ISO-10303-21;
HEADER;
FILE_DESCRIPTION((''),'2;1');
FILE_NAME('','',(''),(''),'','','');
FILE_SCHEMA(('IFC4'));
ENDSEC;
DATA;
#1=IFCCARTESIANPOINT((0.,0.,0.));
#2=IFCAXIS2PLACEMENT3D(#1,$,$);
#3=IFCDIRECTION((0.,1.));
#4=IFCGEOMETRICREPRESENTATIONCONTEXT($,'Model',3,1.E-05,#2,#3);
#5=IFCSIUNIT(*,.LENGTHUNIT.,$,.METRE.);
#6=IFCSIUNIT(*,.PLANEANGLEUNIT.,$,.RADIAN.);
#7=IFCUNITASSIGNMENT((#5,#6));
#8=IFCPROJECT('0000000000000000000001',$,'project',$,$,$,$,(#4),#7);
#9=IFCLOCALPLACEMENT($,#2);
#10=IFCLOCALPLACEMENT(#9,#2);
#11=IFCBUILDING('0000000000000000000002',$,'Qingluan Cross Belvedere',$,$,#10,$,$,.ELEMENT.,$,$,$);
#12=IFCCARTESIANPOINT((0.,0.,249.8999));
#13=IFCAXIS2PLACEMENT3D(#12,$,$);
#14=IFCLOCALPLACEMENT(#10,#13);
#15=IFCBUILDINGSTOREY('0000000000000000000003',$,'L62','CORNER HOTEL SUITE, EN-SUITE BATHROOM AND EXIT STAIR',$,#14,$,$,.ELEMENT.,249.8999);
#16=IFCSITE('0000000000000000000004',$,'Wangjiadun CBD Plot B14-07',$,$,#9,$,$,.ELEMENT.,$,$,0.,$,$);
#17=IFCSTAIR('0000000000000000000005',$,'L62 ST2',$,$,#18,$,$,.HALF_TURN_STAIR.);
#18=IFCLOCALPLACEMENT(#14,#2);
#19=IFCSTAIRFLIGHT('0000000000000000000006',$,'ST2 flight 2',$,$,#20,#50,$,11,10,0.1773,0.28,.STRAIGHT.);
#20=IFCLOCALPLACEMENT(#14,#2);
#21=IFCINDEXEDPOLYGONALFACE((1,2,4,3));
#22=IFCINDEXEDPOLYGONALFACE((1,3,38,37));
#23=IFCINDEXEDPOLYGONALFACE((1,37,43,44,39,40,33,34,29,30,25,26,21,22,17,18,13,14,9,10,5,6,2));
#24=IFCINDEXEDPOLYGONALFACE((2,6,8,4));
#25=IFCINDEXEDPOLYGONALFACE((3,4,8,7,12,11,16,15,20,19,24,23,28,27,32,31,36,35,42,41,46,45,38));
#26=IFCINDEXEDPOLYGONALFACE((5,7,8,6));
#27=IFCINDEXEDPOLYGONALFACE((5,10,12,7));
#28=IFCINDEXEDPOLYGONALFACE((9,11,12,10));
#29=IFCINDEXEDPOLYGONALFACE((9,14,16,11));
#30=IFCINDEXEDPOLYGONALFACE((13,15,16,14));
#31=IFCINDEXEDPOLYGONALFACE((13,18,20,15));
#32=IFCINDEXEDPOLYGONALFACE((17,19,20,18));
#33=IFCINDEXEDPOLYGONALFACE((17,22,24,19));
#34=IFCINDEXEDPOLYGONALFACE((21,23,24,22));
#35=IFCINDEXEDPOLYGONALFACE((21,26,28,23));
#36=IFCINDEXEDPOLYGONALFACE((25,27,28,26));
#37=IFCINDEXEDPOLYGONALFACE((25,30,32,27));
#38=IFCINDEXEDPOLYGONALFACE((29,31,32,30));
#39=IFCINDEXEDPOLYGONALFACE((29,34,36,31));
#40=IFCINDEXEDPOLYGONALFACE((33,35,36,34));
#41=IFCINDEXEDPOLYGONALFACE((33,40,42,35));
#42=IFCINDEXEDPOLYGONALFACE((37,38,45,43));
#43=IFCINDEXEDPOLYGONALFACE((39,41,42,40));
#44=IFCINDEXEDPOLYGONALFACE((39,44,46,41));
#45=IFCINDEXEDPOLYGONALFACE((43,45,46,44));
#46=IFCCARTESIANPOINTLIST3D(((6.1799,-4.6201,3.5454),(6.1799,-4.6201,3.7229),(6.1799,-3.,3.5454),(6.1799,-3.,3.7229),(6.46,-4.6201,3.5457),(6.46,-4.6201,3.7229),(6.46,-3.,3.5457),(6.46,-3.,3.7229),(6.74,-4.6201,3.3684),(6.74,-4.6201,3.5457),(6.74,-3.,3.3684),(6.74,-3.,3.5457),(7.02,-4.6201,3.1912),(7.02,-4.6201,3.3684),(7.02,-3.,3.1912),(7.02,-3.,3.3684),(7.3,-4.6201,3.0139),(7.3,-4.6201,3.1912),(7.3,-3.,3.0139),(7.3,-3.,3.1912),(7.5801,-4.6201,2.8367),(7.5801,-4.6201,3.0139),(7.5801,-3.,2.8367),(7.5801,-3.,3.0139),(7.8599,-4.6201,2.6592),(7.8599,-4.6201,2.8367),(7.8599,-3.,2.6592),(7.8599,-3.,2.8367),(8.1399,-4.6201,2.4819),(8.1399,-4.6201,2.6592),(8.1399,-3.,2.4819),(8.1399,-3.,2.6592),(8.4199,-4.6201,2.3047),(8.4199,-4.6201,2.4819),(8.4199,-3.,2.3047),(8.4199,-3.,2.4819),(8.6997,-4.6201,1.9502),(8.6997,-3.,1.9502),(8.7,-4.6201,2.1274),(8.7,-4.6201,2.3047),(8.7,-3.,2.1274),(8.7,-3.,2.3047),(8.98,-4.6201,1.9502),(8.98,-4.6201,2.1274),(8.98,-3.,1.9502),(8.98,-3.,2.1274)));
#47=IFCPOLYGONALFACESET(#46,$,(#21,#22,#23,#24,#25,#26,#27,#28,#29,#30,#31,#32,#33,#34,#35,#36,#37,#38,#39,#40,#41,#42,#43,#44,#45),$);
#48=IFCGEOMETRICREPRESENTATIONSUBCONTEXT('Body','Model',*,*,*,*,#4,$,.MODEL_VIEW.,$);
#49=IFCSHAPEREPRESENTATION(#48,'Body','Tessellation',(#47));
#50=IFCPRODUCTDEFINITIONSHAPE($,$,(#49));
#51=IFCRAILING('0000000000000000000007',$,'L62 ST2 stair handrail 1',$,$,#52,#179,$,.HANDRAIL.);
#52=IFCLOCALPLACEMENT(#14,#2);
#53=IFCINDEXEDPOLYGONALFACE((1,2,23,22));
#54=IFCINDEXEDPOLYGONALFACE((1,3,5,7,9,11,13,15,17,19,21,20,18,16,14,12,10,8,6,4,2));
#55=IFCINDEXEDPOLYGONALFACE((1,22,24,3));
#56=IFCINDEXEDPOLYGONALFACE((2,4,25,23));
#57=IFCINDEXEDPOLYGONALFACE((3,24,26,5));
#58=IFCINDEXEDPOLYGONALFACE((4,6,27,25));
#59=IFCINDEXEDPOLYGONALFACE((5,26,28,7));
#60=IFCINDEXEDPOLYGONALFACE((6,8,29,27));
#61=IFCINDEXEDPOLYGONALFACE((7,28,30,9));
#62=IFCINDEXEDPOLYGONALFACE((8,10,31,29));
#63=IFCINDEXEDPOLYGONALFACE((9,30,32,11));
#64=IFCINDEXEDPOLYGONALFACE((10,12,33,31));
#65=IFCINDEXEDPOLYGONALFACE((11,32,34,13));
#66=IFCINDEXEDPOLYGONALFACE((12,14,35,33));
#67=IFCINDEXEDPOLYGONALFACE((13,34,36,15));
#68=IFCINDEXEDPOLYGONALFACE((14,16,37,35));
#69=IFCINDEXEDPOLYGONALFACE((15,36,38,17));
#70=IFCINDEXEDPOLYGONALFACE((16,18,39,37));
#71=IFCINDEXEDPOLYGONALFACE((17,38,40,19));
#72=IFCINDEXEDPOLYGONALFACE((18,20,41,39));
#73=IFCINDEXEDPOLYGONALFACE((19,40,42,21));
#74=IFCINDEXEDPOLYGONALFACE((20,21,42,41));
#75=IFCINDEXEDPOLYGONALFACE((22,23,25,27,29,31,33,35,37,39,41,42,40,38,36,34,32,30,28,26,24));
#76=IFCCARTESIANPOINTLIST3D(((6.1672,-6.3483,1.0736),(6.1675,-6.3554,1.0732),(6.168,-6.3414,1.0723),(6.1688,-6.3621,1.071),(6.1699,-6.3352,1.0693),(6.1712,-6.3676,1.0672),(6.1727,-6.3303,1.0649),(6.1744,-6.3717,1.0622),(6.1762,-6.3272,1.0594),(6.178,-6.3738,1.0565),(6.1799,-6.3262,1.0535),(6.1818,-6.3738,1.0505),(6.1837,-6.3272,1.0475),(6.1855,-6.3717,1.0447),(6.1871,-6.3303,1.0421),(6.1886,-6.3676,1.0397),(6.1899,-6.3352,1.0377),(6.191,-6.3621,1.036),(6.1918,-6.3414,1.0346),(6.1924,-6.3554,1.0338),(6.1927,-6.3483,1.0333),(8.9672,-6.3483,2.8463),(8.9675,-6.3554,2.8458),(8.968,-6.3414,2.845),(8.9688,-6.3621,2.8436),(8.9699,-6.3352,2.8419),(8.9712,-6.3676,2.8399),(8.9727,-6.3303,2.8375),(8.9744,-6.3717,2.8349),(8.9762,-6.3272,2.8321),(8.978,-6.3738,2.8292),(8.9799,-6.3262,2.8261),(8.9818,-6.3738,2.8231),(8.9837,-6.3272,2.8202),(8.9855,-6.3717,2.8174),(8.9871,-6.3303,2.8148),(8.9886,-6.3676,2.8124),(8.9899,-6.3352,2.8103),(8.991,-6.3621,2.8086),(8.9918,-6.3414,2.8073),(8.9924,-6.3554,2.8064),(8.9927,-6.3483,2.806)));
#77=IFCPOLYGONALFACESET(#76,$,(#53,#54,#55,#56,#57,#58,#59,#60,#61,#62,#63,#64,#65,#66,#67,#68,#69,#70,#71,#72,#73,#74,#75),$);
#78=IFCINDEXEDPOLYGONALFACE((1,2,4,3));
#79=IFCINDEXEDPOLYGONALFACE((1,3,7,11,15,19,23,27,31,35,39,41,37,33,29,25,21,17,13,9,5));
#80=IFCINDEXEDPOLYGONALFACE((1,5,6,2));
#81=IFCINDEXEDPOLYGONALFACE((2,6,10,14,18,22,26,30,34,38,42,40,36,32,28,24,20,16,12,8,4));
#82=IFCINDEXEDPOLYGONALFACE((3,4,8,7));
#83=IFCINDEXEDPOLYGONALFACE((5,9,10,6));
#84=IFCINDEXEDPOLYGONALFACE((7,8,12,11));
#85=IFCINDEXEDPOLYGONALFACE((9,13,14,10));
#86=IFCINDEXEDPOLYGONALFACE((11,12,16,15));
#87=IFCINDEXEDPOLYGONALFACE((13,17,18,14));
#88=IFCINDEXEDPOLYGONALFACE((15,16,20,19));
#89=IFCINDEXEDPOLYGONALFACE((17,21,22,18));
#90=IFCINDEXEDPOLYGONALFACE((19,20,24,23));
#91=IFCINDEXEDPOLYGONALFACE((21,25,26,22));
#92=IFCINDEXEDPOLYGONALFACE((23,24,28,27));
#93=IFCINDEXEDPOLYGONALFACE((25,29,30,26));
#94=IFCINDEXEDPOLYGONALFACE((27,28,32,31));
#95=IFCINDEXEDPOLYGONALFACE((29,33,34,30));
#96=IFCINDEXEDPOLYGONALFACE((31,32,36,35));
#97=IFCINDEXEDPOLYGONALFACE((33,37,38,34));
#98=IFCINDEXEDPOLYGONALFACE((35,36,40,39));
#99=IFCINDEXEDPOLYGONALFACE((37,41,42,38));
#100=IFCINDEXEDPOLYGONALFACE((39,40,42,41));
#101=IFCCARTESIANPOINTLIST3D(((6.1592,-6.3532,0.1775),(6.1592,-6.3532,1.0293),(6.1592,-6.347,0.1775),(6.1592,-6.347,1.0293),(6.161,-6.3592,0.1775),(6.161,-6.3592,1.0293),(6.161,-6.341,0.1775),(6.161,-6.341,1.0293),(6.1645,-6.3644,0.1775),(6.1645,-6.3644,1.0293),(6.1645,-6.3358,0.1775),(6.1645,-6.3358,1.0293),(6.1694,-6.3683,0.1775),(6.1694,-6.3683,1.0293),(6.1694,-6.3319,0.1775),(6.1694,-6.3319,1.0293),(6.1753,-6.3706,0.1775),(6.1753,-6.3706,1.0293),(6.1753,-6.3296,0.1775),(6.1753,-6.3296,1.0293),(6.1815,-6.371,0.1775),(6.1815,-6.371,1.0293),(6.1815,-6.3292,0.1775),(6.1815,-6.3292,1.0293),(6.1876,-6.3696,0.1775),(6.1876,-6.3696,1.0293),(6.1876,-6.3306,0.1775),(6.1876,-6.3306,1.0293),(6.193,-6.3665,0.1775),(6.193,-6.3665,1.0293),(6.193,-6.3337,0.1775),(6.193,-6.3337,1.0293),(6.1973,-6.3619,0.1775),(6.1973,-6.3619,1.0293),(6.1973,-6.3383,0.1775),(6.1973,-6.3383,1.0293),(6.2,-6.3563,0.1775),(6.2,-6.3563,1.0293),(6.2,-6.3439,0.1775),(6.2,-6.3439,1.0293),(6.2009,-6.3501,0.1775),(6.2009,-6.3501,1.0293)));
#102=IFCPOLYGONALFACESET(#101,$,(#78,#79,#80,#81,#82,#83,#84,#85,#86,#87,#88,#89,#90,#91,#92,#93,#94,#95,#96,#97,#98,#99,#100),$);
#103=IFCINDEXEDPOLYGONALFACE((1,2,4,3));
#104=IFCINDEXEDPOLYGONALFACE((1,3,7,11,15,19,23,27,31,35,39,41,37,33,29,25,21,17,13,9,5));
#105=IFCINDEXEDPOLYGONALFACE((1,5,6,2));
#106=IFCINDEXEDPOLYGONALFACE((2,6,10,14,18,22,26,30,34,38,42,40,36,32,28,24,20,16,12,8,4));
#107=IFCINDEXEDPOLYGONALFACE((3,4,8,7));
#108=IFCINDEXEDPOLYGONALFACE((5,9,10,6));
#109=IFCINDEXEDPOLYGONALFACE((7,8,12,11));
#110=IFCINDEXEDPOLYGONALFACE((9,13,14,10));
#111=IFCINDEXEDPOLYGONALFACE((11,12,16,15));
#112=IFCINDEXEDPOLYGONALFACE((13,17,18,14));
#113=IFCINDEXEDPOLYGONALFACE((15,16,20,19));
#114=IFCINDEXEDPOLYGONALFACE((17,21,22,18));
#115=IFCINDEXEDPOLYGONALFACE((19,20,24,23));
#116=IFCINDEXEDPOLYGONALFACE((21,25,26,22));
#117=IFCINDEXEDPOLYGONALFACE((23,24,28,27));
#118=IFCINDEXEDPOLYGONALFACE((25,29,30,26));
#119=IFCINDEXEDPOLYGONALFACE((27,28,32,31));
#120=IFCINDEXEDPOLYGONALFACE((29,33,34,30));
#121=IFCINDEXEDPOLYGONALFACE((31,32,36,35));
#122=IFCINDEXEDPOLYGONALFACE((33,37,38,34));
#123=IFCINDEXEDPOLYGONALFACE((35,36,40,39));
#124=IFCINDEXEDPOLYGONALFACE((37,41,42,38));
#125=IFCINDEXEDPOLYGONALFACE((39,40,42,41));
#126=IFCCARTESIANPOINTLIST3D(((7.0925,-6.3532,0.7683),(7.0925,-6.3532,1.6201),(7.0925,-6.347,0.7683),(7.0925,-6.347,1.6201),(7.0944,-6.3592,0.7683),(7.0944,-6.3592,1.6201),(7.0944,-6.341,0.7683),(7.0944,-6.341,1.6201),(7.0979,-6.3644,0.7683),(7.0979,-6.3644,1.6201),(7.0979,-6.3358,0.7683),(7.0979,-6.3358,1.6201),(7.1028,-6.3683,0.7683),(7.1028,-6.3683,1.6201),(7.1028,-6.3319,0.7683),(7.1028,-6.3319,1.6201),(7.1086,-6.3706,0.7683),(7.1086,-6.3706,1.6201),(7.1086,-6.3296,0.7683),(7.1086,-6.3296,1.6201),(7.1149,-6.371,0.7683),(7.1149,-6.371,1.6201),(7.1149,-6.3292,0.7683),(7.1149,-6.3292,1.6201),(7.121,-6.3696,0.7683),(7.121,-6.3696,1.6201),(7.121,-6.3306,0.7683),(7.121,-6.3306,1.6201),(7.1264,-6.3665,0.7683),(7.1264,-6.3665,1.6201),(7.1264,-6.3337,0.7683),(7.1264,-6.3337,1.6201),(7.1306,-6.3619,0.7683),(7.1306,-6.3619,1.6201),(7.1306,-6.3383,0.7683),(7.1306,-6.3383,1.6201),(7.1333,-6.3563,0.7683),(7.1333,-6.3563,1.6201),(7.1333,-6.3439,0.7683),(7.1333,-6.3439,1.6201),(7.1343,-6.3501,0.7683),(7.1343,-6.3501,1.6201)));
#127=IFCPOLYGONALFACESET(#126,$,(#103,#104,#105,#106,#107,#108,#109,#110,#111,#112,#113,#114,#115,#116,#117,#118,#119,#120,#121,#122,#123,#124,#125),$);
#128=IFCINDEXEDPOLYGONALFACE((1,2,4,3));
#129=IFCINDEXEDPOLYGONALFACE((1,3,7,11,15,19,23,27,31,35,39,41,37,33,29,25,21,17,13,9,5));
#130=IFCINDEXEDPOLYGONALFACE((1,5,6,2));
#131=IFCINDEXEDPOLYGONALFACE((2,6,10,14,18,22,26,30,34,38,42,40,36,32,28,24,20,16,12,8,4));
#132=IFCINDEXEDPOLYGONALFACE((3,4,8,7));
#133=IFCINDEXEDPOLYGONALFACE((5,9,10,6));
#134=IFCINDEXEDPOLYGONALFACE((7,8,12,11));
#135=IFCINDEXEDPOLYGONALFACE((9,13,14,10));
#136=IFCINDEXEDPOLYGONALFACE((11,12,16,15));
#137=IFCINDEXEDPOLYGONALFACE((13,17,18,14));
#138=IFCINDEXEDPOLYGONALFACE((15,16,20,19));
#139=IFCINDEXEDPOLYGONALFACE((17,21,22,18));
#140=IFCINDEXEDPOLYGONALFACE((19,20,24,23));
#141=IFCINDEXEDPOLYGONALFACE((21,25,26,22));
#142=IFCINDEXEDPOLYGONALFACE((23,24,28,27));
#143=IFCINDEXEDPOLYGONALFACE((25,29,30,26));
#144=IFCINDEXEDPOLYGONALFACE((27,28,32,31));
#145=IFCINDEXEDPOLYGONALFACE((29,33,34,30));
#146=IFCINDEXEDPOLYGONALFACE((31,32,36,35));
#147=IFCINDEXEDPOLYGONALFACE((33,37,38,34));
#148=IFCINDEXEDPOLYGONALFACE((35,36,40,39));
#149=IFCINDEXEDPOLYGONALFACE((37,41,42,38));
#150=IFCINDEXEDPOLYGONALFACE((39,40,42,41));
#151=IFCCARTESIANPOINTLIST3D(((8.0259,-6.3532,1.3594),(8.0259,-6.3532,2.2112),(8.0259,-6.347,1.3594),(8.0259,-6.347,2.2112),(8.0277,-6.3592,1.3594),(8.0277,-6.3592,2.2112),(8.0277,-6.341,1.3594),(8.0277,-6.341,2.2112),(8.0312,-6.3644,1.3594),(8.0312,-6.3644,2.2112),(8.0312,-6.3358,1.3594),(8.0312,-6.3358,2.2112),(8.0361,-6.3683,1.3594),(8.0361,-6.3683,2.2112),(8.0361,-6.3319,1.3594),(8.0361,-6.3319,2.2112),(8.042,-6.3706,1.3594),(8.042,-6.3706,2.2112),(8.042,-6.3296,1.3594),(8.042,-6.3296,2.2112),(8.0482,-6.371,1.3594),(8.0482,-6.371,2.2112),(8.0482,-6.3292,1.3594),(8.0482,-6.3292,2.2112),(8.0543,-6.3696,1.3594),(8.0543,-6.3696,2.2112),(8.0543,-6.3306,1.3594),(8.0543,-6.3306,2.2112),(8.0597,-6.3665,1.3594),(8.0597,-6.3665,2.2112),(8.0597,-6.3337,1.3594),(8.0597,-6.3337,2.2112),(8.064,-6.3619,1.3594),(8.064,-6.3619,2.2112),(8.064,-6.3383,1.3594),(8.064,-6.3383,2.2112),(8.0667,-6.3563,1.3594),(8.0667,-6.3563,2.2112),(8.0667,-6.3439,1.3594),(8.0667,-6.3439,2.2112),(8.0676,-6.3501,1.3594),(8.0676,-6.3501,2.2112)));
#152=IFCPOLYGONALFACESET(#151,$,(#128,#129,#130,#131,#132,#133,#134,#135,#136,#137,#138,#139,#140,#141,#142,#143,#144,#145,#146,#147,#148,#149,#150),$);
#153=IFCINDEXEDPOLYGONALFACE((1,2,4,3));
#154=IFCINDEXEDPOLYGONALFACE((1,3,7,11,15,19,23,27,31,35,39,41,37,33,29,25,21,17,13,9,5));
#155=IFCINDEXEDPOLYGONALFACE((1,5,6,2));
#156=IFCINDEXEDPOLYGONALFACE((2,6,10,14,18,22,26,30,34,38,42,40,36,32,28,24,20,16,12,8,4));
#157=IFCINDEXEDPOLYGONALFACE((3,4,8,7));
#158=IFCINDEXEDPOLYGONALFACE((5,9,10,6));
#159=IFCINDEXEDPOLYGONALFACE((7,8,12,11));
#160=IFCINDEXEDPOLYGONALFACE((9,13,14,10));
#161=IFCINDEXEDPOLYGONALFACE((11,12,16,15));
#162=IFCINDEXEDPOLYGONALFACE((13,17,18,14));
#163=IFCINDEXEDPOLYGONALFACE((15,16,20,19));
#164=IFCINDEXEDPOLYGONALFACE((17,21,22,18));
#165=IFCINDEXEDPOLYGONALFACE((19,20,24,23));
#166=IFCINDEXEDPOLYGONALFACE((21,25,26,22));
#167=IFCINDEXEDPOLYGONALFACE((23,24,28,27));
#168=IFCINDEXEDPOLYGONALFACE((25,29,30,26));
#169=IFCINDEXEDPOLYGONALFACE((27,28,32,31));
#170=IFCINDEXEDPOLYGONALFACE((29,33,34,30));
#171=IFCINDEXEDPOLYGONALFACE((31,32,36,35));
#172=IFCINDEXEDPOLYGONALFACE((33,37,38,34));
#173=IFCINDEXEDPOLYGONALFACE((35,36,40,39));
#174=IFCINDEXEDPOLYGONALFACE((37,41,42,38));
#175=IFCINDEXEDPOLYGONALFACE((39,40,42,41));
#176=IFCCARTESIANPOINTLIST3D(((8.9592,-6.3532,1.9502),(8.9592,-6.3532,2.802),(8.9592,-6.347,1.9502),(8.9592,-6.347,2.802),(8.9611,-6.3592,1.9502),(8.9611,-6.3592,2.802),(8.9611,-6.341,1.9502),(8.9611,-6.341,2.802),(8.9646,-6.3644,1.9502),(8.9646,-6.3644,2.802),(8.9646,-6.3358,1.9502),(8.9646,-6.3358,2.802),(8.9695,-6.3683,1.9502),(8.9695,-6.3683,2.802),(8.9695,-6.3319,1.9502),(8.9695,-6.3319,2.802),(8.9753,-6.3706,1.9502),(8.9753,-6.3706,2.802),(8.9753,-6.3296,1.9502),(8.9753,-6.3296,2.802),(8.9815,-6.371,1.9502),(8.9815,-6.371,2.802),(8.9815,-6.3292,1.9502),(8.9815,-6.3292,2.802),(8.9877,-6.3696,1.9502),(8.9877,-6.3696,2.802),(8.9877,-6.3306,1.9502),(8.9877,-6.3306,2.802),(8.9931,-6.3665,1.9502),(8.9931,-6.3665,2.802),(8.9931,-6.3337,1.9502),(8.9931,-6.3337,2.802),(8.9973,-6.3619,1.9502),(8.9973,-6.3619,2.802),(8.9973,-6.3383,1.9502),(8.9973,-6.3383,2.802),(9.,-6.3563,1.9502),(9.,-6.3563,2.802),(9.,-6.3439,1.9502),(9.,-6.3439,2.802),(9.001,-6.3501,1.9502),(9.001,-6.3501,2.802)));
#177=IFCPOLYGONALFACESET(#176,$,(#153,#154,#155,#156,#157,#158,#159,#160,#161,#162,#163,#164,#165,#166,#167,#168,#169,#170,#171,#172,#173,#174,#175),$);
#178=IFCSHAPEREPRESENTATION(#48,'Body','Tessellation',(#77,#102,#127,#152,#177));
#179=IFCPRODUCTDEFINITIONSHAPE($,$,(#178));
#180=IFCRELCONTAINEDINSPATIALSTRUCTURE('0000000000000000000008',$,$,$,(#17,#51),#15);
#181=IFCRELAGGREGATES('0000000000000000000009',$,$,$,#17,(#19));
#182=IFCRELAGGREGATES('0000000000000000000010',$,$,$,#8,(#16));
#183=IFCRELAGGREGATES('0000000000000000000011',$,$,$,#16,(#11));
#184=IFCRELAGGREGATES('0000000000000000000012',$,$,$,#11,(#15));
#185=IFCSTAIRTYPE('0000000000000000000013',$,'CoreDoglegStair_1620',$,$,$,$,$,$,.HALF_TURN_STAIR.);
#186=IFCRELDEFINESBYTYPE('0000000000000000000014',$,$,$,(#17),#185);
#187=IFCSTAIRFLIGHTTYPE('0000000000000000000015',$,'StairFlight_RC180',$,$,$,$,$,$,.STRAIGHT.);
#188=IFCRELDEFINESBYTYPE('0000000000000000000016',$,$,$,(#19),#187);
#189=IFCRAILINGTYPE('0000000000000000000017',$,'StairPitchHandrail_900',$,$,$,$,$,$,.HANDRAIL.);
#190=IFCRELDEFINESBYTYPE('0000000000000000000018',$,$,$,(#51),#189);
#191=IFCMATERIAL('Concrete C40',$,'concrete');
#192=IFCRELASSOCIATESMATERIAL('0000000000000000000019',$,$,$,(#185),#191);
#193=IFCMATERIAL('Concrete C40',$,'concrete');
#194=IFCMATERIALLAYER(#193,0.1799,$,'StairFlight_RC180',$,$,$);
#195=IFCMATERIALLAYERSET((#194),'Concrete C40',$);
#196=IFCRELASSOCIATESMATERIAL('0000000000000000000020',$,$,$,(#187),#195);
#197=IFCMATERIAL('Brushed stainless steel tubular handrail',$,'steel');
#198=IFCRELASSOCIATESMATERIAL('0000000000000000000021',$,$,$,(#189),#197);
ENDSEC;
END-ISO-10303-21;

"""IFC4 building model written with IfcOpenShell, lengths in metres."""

from ifc_helpers import new_model, si_unit, direction, frame, origin, origin_2d, place, context, subcontext, project, spatial, polyline, circle, outline, extrude, material, layer, layer_set, type_object, element, aggregate, save


model = new_model("IFC4")

# Units and contexts
model_context = context("Model", 3, precision=1e-05, world=origin(), true_north=direction((0.0, 1.0)))
body_context = subcontext(model_context, "Body", "Model", "MODEL_VIEW")
ifc_project = project(units=[si_unit("LENGTHUNIT", "METRE"), si_unit("PLANEANGLEUNIT", "RADIAN")], contexts=[model_context])

# Site, building, storey
site_placement = place(None, origin())
site = spatial("IfcSite", under=ifc_project, at=site_placement, Name="Wangjiadun CBD Plot B14-07", CompositionType="ELEMENT", RefElevation=0.0)
building_placement = place(site_placement, origin())
building = spatial("IfcBuilding", under=site, at=building_placement, Name="Qingluan Cross Belvedere", CompositionType="ELEMENT")
storey_placement = place(building_placement, frame((0.0, 0.0, 249.8999)))
storey = spatial("IfcBuildingStorey", under=building, at=storey_placement, Name="L62", Description="CORNER HOTEL SUITE, EN-SUITE BATHROOM AND EXIT STAIR", CompositionType="ELEMENT", Elevation=249.8999)

# Stair, stair flight
ifc_material_1 = material(Name="Concrete C40", Category="concrete")
stair_type = type_object("IfcStairType", Name="CoreDoglegStair_1620", PredefinedType="HALF_TURN_STAIR", material=ifc_material_1)
stair_placement = place(storey_placement, origin())
stair = element("IfcStair", 1, at=stair_placement, inside=storey, type_object=stair_type, Name="L62 ST2", PredefinedType="HALF_TURN_STAIR")
ifc_material_2 = material(Name="Concrete C40", Category="concrete")
ifc_layer_1 = layer(ifc_material_2, 0.1799, Name="StairFlight_RC180")
ifc_layer_set_1 = layer_set([ifc_layer_1], Name="Concrete C40")
stair_flight_type = type_object("IfcStairFlightType", Name="StairFlight_RC180", PredefinedType="STRAIGHT", material=ifc_layer_set_1)
stair_flight_1_placement = place(storey_placement, frame((8.98, -3.8101, 1.9502), z_axis=(0.0, 0.0, 1.0), x_axis=(-1.0, 0.0, 0.0)))
stair_flight_1 = element("IfcStairFlight", 2, at=stair_flight_1_placement, type_object=stair_flight_type, Name="ST2 flight 2", NumberOfRisers=11, NumberOfTreads=10, PredefinedType="STRAIGHT", RiserHeight=0.1773, TreadLength=0.28, context=body_context, shape_type="SweptSolid", body=[
    extrude(outline(polyline([(0.0, 0.0), (0.0, 0.1772), (0.28, 0.1772), (0.28, 0.3545), (0.5601, 0.3545), (0.5601, 0.5317), (0.8401, 0.5317), (0.8401, 0.709), (1.1201, 0.709), (1.1201, 0.8865), (1.3999, 0.8865), (1.3999, 1.0637), (1.6799, 1.0637), (1.6799, 1.241), (1.96, 1.241), (1.96, 1.4182), (2.24, 1.4182), (2.24, 1.5955), (2.52, 1.5955), (2.52, 1.7727), (2.8, 1.7727), (2.8, 1.95), (2.8, 1.5952), (0.2803, 0.0), (0.0, 0.0)])), frame((0.0, 0.8101, 0.0), z_axis=(0.0, -1.0, 0.0), x_axis=(1.0, 0.0, 0.0)), (0.0, 0.0, 1.0), 1.6201),
])
aggregate(stair, [stair_flight_1])

# Railing
ifc_material_3 = material(Name="Brushed stainless steel tubular handrail", Category="steel")
railing_type_1 = type_object("IfcRailingType", Name="StairPitchHandrail_900", PredefinedType="HANDRAIL", material=ifc_material_3)
railing_1_placement = place(storey_placement, frame((6.1799, -6.3501, 0.1775)))
element("IfcRailing", 3, at=railing_1_placement, inside=storey, type_object=railing_type_1, Name="L62 ST2 stair handrail 1", PredefinedType="HANDRAIL", context=body_context, shape_type="SweptSolid", body=[
    extrude(circle(Radius=0.0239, at=origin_2d()), frame((0.0, 0.0, 0.876), z_axis=(0.844909, 0.0, 0.53491), x_axis=(0.0, 1.0, 0.0)), (0.0, 0.0, 1.0), 3.314),
    extrude(circle(Radius=0.021, at=origin_2d()), origin(), (0.0, 0.0, 1.0), 0.8518),
    extrude(circle(Radius=0.021, at=origin_2d()), frame((0.9333, 0.0, 0.5908)), (0.0, 0.0, 1.0), 0.8518),
    extrude(circle(Radius=0.021, at=origin_2d()), frame((1.8667, 0.0, 1.1819)), (0.0, 0.0, 1.0), 0.8518),
    extrude(circle(Radius=0.021, at=origin_2d()), frame((2.8, 0.0, 1.7727)), (0.0, 0.0, 1.0), 0.8518),
])

save(model, "model.ifc")
